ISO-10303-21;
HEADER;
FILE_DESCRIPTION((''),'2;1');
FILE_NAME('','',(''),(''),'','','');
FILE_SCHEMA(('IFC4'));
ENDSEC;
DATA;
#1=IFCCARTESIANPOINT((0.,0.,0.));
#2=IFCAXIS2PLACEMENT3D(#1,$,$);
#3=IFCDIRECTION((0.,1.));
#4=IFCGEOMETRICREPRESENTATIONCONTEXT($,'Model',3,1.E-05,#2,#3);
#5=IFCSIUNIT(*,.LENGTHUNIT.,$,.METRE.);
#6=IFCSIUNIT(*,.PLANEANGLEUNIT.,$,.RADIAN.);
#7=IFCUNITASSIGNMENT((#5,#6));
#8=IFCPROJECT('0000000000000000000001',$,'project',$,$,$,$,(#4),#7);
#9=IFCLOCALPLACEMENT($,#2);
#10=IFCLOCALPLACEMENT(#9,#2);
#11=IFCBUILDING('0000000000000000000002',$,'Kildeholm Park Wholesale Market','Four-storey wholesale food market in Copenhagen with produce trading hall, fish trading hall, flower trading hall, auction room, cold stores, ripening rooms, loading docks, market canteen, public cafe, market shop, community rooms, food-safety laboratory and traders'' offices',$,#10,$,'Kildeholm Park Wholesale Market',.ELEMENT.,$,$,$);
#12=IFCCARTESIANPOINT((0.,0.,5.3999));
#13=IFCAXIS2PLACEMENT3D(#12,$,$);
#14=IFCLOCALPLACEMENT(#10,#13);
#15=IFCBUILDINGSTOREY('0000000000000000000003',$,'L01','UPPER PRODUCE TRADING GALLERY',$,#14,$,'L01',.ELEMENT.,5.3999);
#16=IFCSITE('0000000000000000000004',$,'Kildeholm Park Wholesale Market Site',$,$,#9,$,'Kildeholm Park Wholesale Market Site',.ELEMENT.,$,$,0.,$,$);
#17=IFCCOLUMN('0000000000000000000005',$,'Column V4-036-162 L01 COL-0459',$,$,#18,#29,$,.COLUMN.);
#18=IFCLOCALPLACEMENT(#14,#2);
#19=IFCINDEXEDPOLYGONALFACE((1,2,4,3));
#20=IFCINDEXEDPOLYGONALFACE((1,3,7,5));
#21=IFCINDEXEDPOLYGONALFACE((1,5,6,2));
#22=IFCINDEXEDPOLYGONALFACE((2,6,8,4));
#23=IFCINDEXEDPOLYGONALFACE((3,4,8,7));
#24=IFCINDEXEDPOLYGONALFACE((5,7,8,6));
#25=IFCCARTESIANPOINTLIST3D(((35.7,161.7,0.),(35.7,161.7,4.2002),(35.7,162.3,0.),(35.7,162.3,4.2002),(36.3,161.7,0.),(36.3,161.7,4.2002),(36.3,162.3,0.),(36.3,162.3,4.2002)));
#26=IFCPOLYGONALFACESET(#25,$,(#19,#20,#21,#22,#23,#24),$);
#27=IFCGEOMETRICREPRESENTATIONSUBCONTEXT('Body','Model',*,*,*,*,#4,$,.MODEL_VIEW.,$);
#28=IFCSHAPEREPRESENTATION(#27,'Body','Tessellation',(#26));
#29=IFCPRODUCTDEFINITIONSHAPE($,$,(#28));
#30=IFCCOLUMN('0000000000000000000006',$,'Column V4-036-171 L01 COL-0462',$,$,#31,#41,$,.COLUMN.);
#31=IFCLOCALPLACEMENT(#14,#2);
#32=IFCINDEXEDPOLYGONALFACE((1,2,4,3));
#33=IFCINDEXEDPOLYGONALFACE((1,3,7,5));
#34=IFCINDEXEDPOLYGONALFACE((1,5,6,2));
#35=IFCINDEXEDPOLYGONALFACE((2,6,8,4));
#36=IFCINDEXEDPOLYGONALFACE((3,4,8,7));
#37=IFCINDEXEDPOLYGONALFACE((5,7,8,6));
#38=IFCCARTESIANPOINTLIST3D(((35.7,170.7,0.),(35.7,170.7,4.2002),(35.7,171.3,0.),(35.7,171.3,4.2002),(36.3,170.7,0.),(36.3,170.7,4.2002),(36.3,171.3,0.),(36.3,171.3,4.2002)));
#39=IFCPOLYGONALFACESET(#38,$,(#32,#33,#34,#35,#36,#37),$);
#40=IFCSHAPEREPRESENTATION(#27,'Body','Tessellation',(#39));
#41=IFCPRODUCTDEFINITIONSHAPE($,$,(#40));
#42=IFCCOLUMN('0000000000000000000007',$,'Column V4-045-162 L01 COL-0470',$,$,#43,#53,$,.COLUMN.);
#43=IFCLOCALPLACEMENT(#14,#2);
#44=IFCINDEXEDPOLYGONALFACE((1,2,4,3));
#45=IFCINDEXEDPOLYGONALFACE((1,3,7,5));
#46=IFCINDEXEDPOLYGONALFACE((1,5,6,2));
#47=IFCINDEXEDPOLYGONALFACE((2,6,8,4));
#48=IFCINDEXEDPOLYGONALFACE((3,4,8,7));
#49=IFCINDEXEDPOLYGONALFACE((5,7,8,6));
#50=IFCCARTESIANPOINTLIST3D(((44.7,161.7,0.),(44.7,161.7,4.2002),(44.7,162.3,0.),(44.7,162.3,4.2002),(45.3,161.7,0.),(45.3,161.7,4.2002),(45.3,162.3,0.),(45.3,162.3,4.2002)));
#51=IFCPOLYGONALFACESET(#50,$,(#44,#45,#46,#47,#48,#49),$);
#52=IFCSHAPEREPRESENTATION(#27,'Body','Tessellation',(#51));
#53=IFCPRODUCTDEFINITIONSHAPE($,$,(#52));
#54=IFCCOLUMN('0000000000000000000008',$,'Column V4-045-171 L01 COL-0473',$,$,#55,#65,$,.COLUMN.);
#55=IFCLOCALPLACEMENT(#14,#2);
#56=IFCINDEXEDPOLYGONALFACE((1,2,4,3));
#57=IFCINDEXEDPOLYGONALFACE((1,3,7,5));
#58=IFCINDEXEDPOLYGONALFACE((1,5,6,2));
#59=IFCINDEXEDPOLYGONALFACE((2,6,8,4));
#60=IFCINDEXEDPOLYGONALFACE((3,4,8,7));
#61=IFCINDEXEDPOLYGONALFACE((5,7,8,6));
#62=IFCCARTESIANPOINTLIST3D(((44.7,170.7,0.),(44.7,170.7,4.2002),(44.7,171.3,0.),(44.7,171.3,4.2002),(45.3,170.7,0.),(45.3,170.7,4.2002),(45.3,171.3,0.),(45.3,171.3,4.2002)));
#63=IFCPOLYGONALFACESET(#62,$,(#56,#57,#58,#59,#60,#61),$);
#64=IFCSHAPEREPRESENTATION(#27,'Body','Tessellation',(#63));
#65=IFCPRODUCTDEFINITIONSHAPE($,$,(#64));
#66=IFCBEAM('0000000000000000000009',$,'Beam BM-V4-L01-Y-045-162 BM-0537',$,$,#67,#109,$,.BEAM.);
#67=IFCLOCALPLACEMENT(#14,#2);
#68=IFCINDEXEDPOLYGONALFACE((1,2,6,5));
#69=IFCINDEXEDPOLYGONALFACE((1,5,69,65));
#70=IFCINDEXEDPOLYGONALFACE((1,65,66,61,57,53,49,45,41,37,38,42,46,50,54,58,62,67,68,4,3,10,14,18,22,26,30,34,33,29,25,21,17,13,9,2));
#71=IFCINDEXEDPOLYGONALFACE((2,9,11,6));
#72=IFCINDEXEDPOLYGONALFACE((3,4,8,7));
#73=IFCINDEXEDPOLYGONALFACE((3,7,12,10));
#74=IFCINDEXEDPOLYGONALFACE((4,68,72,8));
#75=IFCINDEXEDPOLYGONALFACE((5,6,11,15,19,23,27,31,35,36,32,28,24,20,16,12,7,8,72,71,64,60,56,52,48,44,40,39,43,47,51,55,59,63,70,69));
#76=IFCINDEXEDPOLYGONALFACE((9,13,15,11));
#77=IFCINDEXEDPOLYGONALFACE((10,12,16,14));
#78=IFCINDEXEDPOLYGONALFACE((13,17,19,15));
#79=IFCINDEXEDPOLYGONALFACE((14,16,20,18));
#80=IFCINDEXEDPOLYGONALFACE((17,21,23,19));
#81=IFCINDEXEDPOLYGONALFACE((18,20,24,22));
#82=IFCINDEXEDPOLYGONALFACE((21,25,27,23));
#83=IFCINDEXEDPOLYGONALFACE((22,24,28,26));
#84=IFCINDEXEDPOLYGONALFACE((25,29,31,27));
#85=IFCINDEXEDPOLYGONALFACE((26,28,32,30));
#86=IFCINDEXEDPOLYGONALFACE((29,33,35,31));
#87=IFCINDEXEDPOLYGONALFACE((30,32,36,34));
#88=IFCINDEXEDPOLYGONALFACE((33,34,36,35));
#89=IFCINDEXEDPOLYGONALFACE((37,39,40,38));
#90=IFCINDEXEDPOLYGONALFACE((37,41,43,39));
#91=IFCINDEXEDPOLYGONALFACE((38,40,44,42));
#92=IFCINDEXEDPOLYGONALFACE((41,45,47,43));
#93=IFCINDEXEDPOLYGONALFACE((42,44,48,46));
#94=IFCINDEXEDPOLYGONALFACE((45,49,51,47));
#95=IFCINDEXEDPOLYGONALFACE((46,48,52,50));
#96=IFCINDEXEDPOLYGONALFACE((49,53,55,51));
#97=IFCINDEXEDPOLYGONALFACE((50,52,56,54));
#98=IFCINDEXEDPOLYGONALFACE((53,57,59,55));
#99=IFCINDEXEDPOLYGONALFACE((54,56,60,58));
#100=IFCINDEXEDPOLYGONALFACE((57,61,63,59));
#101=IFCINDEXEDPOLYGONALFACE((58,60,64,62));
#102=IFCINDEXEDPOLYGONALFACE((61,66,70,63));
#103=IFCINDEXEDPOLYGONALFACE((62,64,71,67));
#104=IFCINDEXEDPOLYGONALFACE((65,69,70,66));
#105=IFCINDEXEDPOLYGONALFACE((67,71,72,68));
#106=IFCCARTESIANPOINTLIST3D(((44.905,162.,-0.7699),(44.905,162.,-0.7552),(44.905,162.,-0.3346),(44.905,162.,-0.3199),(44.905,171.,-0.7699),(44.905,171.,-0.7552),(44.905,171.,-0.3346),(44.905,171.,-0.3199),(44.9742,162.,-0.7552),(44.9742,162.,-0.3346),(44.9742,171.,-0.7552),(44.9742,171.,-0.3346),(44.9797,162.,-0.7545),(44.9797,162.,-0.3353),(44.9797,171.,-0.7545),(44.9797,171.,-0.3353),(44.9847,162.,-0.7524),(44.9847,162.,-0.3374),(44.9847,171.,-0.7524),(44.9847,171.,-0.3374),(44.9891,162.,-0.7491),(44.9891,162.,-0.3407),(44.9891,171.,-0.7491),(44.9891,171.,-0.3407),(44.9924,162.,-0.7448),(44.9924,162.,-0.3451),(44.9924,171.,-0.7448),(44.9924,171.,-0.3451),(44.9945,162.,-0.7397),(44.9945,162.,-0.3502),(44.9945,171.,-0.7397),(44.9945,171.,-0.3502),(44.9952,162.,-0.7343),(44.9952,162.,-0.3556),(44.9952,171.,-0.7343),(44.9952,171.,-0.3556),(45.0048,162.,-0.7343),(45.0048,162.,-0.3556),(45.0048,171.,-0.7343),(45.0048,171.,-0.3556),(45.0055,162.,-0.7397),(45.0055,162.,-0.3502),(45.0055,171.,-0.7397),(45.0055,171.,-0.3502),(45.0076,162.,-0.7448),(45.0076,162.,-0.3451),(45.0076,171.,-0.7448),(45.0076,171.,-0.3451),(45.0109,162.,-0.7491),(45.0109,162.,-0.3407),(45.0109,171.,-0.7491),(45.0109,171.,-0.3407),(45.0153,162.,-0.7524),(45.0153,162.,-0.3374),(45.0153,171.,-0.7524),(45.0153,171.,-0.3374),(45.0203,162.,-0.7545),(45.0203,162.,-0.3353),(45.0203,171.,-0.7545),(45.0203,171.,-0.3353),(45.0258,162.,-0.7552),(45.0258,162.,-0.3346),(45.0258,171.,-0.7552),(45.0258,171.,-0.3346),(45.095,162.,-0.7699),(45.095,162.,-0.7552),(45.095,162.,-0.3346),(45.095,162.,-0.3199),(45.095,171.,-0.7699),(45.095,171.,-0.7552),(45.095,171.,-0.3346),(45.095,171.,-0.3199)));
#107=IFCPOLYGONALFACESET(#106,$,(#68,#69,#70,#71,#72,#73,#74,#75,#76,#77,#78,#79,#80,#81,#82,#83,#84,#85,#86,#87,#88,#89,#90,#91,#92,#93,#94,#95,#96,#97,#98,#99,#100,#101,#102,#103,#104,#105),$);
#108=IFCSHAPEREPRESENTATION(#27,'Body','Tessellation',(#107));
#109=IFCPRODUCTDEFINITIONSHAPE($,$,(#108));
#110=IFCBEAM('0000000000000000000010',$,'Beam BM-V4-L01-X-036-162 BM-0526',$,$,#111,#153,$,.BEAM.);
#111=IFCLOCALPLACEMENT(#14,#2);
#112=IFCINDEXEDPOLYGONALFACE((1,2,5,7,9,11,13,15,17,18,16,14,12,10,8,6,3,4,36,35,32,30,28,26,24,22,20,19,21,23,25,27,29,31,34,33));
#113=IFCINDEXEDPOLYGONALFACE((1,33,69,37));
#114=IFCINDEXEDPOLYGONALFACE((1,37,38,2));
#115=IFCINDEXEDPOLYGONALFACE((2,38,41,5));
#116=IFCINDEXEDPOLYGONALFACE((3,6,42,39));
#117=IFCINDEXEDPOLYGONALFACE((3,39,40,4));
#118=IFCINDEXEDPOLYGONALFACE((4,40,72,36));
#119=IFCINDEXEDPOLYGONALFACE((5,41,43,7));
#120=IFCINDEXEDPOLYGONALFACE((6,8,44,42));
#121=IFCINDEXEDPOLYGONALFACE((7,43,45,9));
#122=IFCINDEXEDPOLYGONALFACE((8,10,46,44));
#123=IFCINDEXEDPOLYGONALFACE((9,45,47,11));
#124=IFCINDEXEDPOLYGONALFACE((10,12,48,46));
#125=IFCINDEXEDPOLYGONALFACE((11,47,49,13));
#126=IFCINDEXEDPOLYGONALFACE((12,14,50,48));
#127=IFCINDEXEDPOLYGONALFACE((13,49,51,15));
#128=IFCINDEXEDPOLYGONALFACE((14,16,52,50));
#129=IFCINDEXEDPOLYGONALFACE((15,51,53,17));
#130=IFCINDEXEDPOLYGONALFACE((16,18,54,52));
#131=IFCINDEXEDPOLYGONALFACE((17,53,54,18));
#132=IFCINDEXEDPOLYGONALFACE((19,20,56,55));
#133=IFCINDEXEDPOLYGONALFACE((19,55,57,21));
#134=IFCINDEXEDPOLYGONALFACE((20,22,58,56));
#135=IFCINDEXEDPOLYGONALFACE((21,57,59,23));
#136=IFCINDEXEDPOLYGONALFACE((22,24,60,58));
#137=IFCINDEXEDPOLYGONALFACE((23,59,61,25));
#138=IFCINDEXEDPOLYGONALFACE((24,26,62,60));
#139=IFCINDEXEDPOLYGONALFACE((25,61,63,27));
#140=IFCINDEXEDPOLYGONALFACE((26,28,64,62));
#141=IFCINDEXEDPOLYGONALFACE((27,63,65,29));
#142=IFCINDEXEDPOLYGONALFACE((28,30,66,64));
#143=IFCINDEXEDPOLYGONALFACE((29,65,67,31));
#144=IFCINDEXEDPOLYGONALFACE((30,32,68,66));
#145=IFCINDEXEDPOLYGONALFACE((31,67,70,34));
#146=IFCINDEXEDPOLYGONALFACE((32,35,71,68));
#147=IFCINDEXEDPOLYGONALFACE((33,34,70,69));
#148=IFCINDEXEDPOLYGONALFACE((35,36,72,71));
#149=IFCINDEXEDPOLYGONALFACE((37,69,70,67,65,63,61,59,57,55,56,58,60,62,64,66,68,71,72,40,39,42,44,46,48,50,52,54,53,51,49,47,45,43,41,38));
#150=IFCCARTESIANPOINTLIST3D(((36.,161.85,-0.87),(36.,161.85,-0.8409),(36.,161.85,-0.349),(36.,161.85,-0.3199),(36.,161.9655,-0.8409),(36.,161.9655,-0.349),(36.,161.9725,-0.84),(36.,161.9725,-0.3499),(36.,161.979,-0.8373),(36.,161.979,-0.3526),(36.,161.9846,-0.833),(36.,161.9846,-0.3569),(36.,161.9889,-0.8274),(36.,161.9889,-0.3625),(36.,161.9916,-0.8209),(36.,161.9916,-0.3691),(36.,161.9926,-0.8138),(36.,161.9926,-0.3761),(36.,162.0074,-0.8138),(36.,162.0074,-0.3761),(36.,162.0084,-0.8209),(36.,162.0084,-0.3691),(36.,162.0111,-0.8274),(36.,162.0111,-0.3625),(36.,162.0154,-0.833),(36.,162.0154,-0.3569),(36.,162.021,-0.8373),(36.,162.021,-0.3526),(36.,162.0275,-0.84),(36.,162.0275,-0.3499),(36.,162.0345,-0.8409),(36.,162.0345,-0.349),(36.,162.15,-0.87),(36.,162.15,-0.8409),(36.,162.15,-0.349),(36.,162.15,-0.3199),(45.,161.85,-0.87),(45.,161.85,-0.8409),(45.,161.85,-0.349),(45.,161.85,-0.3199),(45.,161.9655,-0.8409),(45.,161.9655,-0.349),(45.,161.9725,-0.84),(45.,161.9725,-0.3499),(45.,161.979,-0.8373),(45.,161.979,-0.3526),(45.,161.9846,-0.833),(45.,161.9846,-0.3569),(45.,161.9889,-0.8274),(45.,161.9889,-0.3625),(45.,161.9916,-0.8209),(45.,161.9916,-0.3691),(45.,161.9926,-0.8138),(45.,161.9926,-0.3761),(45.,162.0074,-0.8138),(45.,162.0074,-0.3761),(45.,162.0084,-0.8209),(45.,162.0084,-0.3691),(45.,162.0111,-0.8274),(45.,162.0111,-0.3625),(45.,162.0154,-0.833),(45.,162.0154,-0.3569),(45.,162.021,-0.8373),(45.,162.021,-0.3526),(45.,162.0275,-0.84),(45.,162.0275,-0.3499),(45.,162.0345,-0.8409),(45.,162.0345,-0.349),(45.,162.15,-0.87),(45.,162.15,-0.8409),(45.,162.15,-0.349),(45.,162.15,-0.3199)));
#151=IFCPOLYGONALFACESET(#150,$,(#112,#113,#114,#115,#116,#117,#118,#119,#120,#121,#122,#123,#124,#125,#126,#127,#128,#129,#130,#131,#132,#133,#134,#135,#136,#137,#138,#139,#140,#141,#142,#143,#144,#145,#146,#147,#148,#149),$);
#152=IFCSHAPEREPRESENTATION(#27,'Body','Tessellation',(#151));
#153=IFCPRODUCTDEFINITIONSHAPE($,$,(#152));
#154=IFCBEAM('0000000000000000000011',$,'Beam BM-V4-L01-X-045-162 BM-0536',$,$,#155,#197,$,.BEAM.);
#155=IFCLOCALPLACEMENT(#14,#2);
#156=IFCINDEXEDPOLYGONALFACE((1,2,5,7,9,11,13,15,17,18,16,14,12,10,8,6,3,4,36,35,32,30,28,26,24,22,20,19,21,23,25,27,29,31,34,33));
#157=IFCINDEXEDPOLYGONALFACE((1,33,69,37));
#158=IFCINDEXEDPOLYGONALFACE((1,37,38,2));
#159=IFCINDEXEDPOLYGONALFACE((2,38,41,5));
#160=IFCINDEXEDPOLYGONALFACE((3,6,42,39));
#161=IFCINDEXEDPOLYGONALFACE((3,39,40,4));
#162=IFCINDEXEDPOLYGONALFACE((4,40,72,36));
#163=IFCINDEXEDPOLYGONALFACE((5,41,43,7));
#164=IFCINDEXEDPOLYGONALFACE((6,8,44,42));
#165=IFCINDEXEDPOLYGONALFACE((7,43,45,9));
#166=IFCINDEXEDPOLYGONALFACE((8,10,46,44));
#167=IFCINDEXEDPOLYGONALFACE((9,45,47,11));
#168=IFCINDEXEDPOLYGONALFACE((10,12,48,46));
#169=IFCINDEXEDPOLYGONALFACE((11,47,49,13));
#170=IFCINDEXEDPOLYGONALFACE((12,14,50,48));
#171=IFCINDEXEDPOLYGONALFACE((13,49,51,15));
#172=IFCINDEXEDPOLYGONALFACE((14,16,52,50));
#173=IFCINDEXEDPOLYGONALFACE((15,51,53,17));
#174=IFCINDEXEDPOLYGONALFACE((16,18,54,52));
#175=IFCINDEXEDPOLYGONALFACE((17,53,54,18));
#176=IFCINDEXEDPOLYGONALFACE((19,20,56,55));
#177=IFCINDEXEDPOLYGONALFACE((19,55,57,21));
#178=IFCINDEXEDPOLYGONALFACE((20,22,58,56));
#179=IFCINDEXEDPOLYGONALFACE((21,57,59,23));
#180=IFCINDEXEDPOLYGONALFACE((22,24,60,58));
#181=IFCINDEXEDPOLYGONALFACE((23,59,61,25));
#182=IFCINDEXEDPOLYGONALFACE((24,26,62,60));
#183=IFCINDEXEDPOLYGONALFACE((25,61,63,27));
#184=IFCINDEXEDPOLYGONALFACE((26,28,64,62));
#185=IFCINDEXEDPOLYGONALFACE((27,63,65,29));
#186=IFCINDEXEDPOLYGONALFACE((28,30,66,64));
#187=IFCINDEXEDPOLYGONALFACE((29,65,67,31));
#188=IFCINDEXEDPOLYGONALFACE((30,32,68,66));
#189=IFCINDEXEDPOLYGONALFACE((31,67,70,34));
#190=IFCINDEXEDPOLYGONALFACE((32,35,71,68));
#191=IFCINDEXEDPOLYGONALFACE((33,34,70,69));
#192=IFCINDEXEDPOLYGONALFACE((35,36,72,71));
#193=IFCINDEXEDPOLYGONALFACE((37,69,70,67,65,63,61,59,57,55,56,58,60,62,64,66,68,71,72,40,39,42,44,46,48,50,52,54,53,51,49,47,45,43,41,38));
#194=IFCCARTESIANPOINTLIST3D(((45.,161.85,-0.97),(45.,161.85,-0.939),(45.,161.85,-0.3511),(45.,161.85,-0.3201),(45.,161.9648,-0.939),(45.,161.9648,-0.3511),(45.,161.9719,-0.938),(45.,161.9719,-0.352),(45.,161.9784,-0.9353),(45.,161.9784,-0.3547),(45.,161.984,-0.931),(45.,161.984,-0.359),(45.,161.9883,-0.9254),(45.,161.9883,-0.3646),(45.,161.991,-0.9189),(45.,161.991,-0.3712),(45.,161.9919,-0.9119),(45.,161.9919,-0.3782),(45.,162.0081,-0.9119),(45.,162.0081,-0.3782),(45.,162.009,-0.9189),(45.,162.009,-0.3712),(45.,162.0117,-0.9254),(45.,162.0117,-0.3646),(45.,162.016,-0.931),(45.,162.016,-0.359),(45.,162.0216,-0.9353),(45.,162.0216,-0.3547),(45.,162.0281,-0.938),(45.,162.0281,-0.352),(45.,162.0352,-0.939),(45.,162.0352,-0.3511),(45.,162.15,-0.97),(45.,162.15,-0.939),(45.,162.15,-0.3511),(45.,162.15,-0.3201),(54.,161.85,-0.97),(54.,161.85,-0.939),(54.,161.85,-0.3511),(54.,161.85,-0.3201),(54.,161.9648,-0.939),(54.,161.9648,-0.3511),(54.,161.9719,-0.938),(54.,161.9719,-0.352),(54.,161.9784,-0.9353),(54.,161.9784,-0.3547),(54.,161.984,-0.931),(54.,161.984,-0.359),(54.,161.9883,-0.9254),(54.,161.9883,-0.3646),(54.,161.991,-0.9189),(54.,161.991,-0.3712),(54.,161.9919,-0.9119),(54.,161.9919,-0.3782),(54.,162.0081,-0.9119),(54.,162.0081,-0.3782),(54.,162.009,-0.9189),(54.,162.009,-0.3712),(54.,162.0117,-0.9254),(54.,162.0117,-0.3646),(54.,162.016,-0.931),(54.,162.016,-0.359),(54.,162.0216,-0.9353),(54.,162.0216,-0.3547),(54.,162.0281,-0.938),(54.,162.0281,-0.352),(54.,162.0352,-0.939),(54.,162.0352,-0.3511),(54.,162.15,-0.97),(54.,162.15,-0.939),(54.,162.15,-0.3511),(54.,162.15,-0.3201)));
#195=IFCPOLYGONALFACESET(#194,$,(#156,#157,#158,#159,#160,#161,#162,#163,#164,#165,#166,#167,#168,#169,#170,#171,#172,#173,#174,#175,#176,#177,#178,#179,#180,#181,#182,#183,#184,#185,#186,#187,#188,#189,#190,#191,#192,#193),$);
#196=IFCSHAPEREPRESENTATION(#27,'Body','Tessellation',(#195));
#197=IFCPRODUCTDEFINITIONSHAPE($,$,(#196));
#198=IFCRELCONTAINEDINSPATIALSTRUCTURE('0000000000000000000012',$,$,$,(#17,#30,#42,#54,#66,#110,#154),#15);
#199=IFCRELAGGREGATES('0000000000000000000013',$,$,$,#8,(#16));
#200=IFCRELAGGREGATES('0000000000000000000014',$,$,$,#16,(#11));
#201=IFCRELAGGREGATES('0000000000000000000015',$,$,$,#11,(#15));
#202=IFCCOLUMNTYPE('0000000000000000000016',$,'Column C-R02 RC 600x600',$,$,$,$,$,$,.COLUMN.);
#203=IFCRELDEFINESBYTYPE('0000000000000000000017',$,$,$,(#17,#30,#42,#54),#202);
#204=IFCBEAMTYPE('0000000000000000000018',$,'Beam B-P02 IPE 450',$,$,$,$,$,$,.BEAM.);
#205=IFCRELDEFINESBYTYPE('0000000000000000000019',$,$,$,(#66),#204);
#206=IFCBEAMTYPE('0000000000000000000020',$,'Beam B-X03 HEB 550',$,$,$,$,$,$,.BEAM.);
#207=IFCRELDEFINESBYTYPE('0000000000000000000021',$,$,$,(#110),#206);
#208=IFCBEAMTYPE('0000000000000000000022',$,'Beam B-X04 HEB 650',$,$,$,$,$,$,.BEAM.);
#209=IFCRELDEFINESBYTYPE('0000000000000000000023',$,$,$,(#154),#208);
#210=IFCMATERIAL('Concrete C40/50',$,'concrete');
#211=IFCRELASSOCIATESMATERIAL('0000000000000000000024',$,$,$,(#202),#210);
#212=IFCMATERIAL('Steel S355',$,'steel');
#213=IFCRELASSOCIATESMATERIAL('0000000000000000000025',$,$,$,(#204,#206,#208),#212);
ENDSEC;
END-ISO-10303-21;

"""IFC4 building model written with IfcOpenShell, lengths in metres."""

from ifc_helpers import new_model, si_unit, direction, frame, origin, origin_2d, place, context, subcontext, project, spatial, rectangle, i_section, extrude, material, material_profile, profile_set, type_object, element, save


model = new_model("IFC4")

# Units and contexts
model_context = context("Model", 3, precision=1e-05, world=origin(), true_north=direction((0.0, 1.0)))
body_context = subcontext(model_context, "Body", "Model", "MODEL_VIEW")
ifc_project = project(units=[si_unit("LENGTHUNIT", "METRE"), si_unit("PLANEANGLEUNIT", "RADIAN")], contexts=[model_context])

# Site, building, storey
site_placement = place(None, origin())
site = spatial("IfcSite", under=ifc_project, at=site_placement, Name="Kildeholm Park Wholesale Market Site", LongName="Kildeholm Park Wholesale Market Site", CompositionType="ELEMENT", RefElevation=0.0)
building_placement = place(site_placement, origin())
building = spatial("IfcBuilding", under=site, at=building_placement, Name="Kildeholm Park Wholesale Market", Description="Four-storey wholesale food market in Copenhagen with produce trading hall, fish trading hall, flower trading hall, auction room, cold stores, ripening rooms, loading docks, market canteen, public cafe, market shop, community rooms, food-safety laboratory and traders' offices", LongName="Kildeholm Park Wholesale Market", CompositionType="ELEMENT")
storey_placement = place(building_placement, frame((0.0, 0.0, 5.3999)))
storey = spatial("IfcBuildingStorey", under=building, at=storey_placement, Name="L01", Description="UPPER PRODUCE TRADING GALLERY", LongName="L01", CompositionType="ELEMENT", Elevation=5.3999)

# Columns
ifc_material_1 = material(Name="Concrete C40/50", Category="concrete")
ifc_material_profile_1 = material_profile(ifc_material_1, rectangle(XDim=0.6001, YDim=0.6001, at=origin_2d()), Name="RC 600x600")
ifc_profile_set_1 = profile_set([ifc_material_profile_1], Name="Concrete C40/50")
column_type = type_object("IfcColumnType", Name="Column C-R02 RC 600x600", PredefinedType="COLUMN", material=ifc_profile_set_1)
for number, where, z_axis, x_axis, name in (
    (1, (36.0, 162.0, 0.0), (0.0, 0.0, 1.0), (1.0, 0.0, 0.0), "Column V4-036-162 L01 COL-0459"),
    (2, (36.0, 171.0, 0.0), (0.0, 0.0, 1.0), (1.0, 0.0, 0.0), "Column V4-036-171 L01 COL-0462"),
    (3, (45.0, 162.0, 0.0), (0.0, 0.0, 1.0), (1.0, 0.0, 0.0), "Column V4-045-162 L01 COL-0470"),
    (4, (45.0, 171.0, 0.0), (0.0, 0.0, 1.0), (1.0, 0.0, 0.0), "Column V4-045-171 L01 COL-0473"),
):
    element("IfcColumn", number, at=place(storey_placement, frame(where, z_axis=z_axis, x_axis=x_axis)), inside=storey, type_object=column_type, Name=name, PredefinedType="COLUMN", context=body_context, shape_type="SweptSolid", body=[
        extrude(rectangle(XDim=0.6001, YDim=0.6001, at=origin_2d()), origin(), (0.0, 0.0, 1.0), 4.2002),
    ])

# Beams
ifc_material_2 = material(Name="Steel S355", Category="steel")
ifc_material_profile_2 = material_profile(ifc_material_2, i_section(OverallWidth=0.1899, OverallDepth=0.45, WebThickness=0.0095, FlangeThickness=0.0146, FilletRadius=0.021, at=origin_2d()), Name="IPE 450")
ifc_profile_set_2 = profile_set([ifc_material_profile_2], Name="Steel S355")
beam_type_1 = type_object("IfcBeamType", Name="Beam B-P02 IPE 450", PredefinedType="BEAM", material=ifc_profile_set_2)
beam_1_placement = place(storey_placement, frame((45.0, 162.0, -0.5449), z_axis=(0.0, 1.0, 0.0), x_axis=(-1.0, 0.0, 0.0)))
element("IfcBeam", 5, at=beam_1_placement, inside=storey, type_object=beam_type_1, Name="Beam BM-V4-L01-Y-045-162 BM-0537", PredefinedType="BEAM", context=body_context, shape_type="SweptSolid", body=[
    extrude(i_section(OverallWidth=0.1899, OverallDepth=0.45, WebThickness=0.0095, FlangeThickness=0.0146, FilletRadius=0.021, at=origin_2d()), origin(), (0.0, 0.0, 1.0), 9.0),
])
ifc_material_profile_3 = material_profile(ifc_material_2, i_section(OverallWidth=0.3, OverallDepth=0.55, WebThickness=0.0149, FlangeThickness=0.0291, FilletRadius=0.0271, at=origin_2d()), Name="HEB 550")
ifc_profile_set_3 = profile_set([ifc_material_profile_3], Name="Steel S355")
beam_type_2 = type_object("IfcBeamType", Name="Beam B-X03 HEB 550", PredefinedType="BEAM", material=ifc_profile_set_3)
beam_2_placement = place(storey_placement, frame((36.0, 162.0, -0.595), z_axis=(1.0, 0.0, 0.0), x_axis=(0.0, 1.0, 0.0)))
element("IfcBeam", 6, at=beam_2_placement, inside=storey, type_object=beam_type_2, Name="Beam BM-V4-L01-X-036-162 BM-0526", PredefinedType="BEAM", context=body_context, shape_type="SweptSolid", body=[
    extrude(i_section(OverallWidth=0.3, OverallDepth=0.55, WebThickness=0.0149, FlangeThickness=0.0291, FilletRadius=0.0271, at=origin_2d()), origin(), (0.0, 0.0, 1.0), 9.0),
])
ifc_material_profile_4 = material_profile(ifc_material_2, i_section(OverallWidth=0.3, OverallDepth=0.6499, WebThickness=0.0161, FlangeThickness=0.031, FilletRadius=0.0271, at=origin_2d()), Name="HEB 650")
ifc_profile_set_4 = profile_set([ifc_material_profile_4], Name="Steel S355")
beam_type_3 = type_object("IfcBeamType", Name="Beam B-X04 HEB 650", PredefinedType="BEAM", material=ifc_profile_set_4)
beam_3_placement = place(storey_placement, frame((45.0, 162.0, -0.645), z_axis=(1.0, 0.0, 0.0), x_axis=(0.0, 1.0, 0.0)))
element("IfcBeam", 7, at=beam_3_placement, inside=storey, type_object=beam_type_3, Name="Beam BM-V4-L01-X-045-162 BM-0536", PredefinedType="BEAM", context=body_context, shape_type="SweptSolid", body=[
    extrude(i_section(OverallWidth=0.3, OverallDepth=0.6499, WebThickness=0.0161, FlangeThickness=0.031, FilletRadius=0.0271, at=origin_2d()), origin(), (0.0, 0.0, 1.0), 9.0),
])

save(model, "model.ifc")
